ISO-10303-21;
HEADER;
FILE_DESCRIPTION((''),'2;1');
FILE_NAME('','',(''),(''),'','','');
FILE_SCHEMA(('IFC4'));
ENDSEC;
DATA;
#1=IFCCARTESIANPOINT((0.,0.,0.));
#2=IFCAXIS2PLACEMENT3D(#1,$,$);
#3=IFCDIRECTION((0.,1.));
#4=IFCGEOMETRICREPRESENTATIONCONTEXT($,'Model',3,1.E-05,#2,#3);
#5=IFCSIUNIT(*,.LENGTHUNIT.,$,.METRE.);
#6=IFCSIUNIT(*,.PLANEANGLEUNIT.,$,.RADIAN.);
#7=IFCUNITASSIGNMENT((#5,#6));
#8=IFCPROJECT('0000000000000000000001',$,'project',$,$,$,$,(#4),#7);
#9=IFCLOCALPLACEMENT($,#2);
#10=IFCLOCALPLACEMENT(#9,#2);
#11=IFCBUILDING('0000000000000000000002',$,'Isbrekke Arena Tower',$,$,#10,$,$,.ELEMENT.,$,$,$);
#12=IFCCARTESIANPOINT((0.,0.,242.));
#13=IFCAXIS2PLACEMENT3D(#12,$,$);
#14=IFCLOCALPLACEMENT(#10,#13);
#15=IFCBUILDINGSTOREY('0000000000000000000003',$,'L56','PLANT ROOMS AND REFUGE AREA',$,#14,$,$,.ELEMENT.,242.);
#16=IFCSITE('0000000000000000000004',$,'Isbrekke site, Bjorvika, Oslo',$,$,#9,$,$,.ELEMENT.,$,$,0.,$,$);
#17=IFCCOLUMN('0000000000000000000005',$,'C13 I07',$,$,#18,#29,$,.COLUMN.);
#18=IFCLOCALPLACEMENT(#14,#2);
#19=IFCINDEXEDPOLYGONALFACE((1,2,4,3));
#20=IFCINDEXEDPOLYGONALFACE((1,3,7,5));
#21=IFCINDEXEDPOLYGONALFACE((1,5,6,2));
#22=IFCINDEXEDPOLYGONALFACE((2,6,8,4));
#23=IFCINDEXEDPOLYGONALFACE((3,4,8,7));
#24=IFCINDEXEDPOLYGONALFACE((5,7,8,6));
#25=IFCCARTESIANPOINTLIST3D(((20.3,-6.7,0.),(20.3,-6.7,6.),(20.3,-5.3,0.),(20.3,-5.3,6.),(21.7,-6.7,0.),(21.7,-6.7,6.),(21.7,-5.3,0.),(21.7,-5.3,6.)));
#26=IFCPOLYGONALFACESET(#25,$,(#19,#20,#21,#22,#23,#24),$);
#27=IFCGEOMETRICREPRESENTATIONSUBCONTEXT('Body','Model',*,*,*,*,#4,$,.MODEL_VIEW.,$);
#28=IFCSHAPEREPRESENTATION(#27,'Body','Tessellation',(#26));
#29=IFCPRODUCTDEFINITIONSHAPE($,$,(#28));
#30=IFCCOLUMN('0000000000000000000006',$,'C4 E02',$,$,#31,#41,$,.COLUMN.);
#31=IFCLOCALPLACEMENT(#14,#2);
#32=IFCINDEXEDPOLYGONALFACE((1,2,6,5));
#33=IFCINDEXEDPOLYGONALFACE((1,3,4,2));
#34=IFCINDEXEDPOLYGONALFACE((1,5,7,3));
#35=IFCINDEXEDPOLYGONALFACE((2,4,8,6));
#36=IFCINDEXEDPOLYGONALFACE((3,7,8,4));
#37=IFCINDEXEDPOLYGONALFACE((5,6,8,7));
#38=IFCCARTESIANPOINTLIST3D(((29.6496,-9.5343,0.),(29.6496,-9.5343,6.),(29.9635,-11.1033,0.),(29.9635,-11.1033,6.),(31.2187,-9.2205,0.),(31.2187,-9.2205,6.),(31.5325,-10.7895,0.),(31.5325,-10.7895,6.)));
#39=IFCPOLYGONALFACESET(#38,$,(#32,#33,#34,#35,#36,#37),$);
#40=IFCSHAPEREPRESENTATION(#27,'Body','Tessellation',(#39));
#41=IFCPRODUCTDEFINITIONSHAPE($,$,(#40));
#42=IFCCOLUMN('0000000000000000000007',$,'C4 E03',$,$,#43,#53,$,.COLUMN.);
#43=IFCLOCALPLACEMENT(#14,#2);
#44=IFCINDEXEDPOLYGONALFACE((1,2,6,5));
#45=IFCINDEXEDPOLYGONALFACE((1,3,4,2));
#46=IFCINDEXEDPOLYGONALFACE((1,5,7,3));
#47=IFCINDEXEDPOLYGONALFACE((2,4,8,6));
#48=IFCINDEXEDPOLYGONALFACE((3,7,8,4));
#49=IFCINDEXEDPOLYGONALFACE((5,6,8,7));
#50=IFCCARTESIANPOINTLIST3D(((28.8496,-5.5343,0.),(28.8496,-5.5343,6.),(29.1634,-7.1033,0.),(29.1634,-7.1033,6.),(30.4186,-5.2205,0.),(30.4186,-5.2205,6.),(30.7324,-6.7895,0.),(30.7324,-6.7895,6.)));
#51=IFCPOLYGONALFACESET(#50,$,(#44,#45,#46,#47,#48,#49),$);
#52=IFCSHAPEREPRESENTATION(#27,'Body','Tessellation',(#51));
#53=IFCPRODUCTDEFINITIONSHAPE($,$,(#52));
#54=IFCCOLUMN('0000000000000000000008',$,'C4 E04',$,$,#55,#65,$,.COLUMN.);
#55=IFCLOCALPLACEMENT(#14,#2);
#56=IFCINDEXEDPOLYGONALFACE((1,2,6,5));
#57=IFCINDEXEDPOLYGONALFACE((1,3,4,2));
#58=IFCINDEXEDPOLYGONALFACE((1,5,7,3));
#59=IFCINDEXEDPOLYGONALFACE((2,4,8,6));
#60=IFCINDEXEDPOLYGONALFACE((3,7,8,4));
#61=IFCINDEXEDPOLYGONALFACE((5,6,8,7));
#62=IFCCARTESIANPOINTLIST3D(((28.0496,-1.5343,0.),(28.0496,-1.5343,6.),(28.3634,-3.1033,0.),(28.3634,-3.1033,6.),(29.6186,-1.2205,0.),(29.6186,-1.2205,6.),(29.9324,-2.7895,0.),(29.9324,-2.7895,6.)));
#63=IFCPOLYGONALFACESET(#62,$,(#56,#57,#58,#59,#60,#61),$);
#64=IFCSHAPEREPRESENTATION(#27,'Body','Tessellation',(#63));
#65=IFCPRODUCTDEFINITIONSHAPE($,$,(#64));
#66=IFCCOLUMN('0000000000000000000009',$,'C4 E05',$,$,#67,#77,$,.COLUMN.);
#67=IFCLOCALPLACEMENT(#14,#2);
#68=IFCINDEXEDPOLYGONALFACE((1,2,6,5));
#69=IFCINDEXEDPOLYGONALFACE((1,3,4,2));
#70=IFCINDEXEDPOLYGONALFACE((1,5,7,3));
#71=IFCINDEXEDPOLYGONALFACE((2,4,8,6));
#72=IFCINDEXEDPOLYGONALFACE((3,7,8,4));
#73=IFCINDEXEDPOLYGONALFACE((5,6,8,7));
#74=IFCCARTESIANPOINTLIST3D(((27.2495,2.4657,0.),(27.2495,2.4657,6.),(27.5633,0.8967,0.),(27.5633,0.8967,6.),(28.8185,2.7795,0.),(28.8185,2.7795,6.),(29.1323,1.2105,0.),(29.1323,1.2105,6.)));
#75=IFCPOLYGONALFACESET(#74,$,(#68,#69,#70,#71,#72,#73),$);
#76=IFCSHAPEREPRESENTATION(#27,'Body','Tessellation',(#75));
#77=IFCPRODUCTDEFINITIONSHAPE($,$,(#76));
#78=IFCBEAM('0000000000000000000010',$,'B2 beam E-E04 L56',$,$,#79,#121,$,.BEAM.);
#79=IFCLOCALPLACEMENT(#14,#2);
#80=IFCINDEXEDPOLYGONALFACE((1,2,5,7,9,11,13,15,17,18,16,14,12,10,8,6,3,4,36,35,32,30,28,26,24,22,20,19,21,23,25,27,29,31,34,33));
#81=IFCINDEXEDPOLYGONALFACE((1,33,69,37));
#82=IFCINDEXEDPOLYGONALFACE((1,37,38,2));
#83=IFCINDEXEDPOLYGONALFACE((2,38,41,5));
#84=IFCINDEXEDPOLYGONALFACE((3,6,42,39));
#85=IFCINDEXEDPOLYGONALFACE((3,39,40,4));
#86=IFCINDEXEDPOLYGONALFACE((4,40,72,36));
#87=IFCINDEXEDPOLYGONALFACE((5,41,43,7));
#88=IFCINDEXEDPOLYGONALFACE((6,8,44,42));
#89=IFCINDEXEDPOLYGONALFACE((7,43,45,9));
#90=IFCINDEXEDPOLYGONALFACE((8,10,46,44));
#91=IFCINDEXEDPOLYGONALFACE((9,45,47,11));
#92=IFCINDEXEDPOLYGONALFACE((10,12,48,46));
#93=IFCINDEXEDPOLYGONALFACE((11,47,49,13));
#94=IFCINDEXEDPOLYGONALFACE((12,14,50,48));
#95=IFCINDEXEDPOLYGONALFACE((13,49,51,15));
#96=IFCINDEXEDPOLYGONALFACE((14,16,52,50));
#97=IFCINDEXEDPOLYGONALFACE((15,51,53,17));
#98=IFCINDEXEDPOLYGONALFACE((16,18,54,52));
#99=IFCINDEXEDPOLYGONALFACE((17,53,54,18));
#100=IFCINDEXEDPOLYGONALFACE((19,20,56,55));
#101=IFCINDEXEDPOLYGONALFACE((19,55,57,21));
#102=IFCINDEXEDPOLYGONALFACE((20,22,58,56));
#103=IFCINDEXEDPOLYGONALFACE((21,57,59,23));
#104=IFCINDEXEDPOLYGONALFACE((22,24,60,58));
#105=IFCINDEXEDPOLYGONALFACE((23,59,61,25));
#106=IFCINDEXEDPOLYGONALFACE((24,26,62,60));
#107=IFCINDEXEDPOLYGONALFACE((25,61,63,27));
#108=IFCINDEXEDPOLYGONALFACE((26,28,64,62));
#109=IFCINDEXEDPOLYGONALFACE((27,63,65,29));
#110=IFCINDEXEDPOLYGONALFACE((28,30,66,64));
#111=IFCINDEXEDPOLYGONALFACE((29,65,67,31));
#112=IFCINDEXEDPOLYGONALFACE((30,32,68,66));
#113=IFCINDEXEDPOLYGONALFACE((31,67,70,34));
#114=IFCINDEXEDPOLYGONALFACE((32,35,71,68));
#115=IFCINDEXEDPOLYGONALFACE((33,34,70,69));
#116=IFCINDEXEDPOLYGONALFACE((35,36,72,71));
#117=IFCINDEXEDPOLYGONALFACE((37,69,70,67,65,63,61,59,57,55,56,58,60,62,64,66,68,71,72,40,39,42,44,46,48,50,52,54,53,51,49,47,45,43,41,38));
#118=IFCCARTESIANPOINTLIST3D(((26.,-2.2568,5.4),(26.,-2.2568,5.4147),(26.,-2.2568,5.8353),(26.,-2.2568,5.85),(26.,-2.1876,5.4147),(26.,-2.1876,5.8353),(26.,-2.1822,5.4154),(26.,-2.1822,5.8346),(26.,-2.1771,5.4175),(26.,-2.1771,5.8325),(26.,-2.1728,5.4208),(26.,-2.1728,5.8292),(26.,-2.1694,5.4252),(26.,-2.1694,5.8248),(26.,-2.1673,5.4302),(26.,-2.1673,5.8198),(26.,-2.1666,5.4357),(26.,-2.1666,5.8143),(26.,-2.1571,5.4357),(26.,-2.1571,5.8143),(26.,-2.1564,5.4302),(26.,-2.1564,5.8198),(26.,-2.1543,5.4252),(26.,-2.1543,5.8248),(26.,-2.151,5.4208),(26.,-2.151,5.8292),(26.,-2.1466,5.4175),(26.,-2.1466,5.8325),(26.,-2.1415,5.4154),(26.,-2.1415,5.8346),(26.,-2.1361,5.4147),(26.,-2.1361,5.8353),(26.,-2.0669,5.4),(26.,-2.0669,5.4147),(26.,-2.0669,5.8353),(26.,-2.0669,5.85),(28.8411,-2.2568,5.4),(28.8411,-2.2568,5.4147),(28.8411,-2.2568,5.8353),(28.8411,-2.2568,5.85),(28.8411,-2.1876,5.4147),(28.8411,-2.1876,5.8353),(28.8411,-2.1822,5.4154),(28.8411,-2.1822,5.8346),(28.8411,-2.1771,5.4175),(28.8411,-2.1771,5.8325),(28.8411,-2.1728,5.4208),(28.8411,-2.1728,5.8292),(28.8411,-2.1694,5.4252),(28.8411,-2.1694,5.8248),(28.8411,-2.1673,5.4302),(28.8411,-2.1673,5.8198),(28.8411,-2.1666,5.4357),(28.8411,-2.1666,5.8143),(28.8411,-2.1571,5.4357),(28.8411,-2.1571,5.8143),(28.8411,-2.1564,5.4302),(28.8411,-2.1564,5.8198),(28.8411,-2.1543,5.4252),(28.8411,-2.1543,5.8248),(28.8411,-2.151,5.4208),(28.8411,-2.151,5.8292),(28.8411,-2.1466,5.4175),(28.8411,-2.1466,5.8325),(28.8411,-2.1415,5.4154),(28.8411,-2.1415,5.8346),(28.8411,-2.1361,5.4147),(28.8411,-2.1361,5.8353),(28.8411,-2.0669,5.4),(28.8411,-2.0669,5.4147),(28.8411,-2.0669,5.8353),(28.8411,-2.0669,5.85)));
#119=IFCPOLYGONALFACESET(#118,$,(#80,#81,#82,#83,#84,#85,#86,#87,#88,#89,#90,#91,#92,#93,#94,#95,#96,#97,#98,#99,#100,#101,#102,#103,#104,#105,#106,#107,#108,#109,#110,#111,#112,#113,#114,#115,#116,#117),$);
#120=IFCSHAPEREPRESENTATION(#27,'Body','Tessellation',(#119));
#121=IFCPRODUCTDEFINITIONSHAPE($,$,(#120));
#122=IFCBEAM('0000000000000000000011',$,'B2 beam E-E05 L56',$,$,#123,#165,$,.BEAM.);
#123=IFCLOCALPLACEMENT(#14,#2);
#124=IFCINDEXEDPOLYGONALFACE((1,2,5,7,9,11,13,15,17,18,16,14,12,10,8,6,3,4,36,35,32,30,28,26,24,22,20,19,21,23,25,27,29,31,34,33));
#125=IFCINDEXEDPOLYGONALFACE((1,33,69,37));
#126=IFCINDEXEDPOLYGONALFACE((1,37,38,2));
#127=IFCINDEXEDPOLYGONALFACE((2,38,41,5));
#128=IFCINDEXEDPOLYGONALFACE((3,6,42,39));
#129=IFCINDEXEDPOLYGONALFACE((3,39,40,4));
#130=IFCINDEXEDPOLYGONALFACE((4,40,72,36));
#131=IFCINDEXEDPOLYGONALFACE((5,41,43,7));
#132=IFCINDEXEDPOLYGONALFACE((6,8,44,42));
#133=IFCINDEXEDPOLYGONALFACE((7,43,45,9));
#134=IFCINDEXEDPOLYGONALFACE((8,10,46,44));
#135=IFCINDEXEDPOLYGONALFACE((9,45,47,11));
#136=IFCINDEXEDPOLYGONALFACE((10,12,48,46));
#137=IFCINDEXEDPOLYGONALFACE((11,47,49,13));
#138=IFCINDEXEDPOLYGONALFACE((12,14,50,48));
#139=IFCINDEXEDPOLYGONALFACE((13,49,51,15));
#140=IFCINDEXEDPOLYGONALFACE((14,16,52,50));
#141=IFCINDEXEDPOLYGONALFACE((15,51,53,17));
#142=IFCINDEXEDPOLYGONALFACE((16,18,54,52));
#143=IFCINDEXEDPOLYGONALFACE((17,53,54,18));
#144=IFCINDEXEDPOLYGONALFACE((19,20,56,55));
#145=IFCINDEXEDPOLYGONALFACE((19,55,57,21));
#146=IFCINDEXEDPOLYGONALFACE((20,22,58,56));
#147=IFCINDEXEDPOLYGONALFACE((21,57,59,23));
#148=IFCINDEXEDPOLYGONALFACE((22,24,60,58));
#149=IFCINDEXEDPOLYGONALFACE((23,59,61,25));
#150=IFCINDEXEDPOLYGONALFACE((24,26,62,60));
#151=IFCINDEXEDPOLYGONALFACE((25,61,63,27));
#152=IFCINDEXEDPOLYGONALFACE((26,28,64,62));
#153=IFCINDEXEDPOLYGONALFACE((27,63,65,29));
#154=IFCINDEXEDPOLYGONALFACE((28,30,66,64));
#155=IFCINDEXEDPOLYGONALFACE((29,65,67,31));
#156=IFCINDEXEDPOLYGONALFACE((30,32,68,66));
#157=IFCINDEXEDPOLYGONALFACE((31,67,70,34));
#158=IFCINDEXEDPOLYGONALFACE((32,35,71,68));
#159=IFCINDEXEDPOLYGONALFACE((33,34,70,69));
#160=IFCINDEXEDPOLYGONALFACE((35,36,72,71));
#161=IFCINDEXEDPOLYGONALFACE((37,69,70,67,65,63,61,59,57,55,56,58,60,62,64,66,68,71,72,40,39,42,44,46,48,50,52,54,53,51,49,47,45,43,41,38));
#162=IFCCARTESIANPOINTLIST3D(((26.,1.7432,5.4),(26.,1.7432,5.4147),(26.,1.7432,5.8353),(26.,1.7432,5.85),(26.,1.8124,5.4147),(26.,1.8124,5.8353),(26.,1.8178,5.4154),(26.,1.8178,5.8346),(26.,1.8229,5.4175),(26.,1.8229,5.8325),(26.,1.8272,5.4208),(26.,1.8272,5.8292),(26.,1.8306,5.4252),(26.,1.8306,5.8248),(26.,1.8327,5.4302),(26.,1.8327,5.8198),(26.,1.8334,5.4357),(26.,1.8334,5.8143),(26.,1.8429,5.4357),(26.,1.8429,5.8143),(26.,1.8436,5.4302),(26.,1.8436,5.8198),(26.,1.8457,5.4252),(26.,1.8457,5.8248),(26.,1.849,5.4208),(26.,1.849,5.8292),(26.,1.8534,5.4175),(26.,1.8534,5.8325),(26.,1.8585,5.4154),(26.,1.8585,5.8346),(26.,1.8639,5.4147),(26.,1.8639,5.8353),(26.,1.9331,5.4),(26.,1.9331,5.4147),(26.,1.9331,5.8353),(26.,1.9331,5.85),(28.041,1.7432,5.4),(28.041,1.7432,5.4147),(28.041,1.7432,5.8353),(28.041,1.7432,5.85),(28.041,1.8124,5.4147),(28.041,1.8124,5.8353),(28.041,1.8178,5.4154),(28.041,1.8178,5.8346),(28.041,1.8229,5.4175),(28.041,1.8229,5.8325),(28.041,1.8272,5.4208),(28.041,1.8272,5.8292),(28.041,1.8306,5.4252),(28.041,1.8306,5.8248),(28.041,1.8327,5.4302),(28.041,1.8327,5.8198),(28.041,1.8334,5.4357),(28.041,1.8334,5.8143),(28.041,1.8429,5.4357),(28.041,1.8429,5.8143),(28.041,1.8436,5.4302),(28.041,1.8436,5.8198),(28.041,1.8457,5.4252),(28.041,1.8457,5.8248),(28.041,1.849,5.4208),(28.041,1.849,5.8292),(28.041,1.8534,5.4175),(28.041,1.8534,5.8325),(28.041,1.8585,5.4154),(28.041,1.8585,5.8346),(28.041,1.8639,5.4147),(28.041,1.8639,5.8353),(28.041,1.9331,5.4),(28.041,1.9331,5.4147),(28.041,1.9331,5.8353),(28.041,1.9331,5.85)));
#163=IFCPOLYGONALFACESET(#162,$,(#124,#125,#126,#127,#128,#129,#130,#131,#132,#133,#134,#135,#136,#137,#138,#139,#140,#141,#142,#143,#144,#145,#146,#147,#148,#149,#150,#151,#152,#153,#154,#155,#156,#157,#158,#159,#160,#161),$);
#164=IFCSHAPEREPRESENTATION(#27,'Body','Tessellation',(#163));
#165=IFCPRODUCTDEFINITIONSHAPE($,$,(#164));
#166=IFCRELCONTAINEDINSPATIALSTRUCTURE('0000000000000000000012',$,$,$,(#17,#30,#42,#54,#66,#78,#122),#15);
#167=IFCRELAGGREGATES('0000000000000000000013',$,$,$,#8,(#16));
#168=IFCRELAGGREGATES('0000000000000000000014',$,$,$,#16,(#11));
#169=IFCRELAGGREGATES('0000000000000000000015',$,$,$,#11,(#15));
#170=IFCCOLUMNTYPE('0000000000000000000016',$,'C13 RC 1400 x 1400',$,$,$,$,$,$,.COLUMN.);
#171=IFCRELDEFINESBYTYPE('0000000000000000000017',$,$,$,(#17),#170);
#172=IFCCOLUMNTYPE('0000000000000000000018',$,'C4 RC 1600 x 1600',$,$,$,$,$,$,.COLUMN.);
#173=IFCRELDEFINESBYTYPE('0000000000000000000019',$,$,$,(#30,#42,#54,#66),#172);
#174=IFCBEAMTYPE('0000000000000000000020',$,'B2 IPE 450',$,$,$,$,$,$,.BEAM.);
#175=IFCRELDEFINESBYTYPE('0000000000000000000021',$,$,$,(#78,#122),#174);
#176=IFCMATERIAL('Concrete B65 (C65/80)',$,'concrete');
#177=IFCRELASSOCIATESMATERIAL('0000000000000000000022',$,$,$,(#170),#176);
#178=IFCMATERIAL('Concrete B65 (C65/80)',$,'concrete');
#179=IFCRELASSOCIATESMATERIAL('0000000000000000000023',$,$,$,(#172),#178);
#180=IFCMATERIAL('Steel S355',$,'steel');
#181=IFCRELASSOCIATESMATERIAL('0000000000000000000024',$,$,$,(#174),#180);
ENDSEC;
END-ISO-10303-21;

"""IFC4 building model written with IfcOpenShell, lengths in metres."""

from ifc_helpers import new_model, si_unit, direction, frame, origin, origin_2d, place, context, subcontext, project, spatial, rectangle, i_section, extrude, material, material_profile, profile_set, type_object, element, save


model = new_model("IFC4")

# Units and contexts
model_context = context("Model", 3, precision=1e-05, world=origin(), true_north=direction((0.0, 1.0)))
body_context = subcontext(model_context, "Body", "Model", "MODEL_VIEW")
ifc_project = project(units=[si_unit("LENGTHUNIT", "METRE"), si_unit("PLANEANGLEUNIT", "RADIAN")], contexts=[model_context])

# Site, building, storey
site_placement = place(None, origin())
site = spatial("IfcSite", under=ifc_project, at=site_placement, Name="Isbrekke site, Bjorvika, Oslo", CompositionType="ELEMENT", RefElevation=0.0)
building_placement = place(site_placement, origin())
building = spatial("IfcBuilding", under=site, at=building_placement, Name="Isbrekke Arena Tower", CompositionType="ELEMENT")
storey_placement = place(building_placement, frame((0.0, 0.0, 242.0)))
storey = spatial("IfcBuildingStorey", under=building, at=storey_placement, Name="L56", Description="PLANT ROOMS AND REFUGE AREA", CompositionType="ELEMENT", Elevation=242.0)

# Columns
ifc_material_1 = material(Name="Concrete B65 (C65/80)", Category="concrete")
ifc_material_profile_1 = material_profile(ifc_material_1, rectangle(XDim=1.3999, YDim=1.3999, at=origin_2d()), Name="RC 1400x1400")
ifc_profile_set_1 = profile_set([ifc_material_profile_1], Name="Concrete B65 (C65/80)")
column_type_1 = type_object("IfcColumnType", Name="C13 RC 1400 x 1400", PredefinedType="COLUMN", material=ifc_profile_set_1)
column_placement = place(storey_placement, frame((21.0, -6.0, 0.0), z_axis=(0.0, 0.0, 1.0), x_axis=(1.0, 0.0, 0.0)))
element("IfcColumn", 1, at=column_placement, inside=storey, type_object=column_type_1, Name="C13 I07", PredefinedType="COLUMN", context=body_context, shape_type="SweptSolid", body=[
    extrude(rectangle(XDim=1.3999, YDim=1.3999, at=origin_2d()), origin(), (0.0, 0.0, 1.0), 6.0),
])
ifc_material_2 = material(Name="Concrete B65 (C65/80)", Category="concrete")
ifc_material_profile_2 = material_profile(ifc_material_2, rectangle(XDim=1.6001, YDim=1.6001, at=origin_2d()), Name="RC 1600x1600")
ifc_profile_set_2 = profile_set([ifc_material_profile_2], Name="Concrete B65 (C65/80)")
column_type_2 = type_object("IfcColumnType", Name="C4 RC 1600 x 1600", PredefinedType="COLUMN", material=ifc_profile_set_2)
for number, where, z_axis, x_axis, name in (
    (2, (30.5911, -10.1619, 0.0), (0.0, 0.0, 1.0), (-0.196116, 0.980581, 0.0), "C4 E02"),
    (3, (29.791, -6.1619, 0.0), (0.0, 0.0, 1.0), (-0.196116, 0.980581, 0.0), "C4 E03"),
    (4, (28.991, -2.1619, 0.0), (0.0, 0.0, 1.0), (-0.196116, 0.980581, 0.0), "C4 E04"),
    (5, (28.1909, 1.8381, 0.0), (0.0, 0.0, 1.0), (-0.196116, 0.980581, 0.0), "C4 E05"),
):
    element("IfcColumn", number, at=place(storey_placement, frame(where, z_axis=z_axis, x_axis=x_axis)), inside=storey, type_object=column_type_2, Name=name, PredefinedType="COLUMN", context=body_context, shape_type="SweptSolid", body=[
        extrude(rectangle(XDim=1.6001, YDim=1.6001, at=origin_2d()), origin(), (0.0, 0.0, 1.0), 6.0),
    ])

# Beams
ifc_material_3 = material(Name="Steel S355", Category="steel")
ifc_material_profile_3 = material_profile(ifc_material_3, i_section(OverallWidth=0.1899, OverallDepth=0.45, WebThickness=0.0095, FlangeThickness=0.0146, FilletRadius=0.021, at=origin_2d()), Name="IPE 450")
ifc_profile_set_3 = profile_set([ifc_material_profile_3], Name="Steel S355")
beam_type_1 = type_object("IfcBeamType", Name="B2 IPE 450", PredefinedType="BEAM", material=ifc_profile_set_3)
beam_1_placement = place(storey_placement, frame((28.8411, -2.1619, 5.625), z_axis=(-1.0, 0.0, 0.0), x_axis=(0.0, -1.0, 0.0)))
element("IfcBeam", 6, at=beam_1_placement, inside=storey, type_object=beam_type_1, Name="B2 beam E-E04 L56", PredefinedType="BEAM", context=body_context, shape_type="SweptSolid", body=[
    extrude(i_section(OverallWidth=0.1899, OverallDepth=0.45, WebThickness=0.0095, FlangeThickness=0.0146, FilletRadius=0.021, at=origin_2d()), origin(), (0.0, 0.0, 1.0), 2.8411),
])
beam_2_placement = place(storey_placement, frame((28.041, 1.8381, 5.625), z_axis=(-1.0, 0.0, 0.0), x_axis=(0.0, -1.0, 0.0)))
element("IfcBeam", 7, at=beam_2_placement, inside=storey, type_object=beam_type_1, Name="B2 beam E-E05 L56", PredefinedType="BEAM", context=body_context, shape_type="SweptSolid", body=[
    extrude(i_section(OverallWidth=0.1899, OverallDepth=0.45, WebThickness=0.0095, FlangeThickness=0.0146, FilletRadius=0.021, at=origin_2d()), origin(), (0.0, 0.0, 1.0), 2.041),
])

save(model, "model.ifc")
